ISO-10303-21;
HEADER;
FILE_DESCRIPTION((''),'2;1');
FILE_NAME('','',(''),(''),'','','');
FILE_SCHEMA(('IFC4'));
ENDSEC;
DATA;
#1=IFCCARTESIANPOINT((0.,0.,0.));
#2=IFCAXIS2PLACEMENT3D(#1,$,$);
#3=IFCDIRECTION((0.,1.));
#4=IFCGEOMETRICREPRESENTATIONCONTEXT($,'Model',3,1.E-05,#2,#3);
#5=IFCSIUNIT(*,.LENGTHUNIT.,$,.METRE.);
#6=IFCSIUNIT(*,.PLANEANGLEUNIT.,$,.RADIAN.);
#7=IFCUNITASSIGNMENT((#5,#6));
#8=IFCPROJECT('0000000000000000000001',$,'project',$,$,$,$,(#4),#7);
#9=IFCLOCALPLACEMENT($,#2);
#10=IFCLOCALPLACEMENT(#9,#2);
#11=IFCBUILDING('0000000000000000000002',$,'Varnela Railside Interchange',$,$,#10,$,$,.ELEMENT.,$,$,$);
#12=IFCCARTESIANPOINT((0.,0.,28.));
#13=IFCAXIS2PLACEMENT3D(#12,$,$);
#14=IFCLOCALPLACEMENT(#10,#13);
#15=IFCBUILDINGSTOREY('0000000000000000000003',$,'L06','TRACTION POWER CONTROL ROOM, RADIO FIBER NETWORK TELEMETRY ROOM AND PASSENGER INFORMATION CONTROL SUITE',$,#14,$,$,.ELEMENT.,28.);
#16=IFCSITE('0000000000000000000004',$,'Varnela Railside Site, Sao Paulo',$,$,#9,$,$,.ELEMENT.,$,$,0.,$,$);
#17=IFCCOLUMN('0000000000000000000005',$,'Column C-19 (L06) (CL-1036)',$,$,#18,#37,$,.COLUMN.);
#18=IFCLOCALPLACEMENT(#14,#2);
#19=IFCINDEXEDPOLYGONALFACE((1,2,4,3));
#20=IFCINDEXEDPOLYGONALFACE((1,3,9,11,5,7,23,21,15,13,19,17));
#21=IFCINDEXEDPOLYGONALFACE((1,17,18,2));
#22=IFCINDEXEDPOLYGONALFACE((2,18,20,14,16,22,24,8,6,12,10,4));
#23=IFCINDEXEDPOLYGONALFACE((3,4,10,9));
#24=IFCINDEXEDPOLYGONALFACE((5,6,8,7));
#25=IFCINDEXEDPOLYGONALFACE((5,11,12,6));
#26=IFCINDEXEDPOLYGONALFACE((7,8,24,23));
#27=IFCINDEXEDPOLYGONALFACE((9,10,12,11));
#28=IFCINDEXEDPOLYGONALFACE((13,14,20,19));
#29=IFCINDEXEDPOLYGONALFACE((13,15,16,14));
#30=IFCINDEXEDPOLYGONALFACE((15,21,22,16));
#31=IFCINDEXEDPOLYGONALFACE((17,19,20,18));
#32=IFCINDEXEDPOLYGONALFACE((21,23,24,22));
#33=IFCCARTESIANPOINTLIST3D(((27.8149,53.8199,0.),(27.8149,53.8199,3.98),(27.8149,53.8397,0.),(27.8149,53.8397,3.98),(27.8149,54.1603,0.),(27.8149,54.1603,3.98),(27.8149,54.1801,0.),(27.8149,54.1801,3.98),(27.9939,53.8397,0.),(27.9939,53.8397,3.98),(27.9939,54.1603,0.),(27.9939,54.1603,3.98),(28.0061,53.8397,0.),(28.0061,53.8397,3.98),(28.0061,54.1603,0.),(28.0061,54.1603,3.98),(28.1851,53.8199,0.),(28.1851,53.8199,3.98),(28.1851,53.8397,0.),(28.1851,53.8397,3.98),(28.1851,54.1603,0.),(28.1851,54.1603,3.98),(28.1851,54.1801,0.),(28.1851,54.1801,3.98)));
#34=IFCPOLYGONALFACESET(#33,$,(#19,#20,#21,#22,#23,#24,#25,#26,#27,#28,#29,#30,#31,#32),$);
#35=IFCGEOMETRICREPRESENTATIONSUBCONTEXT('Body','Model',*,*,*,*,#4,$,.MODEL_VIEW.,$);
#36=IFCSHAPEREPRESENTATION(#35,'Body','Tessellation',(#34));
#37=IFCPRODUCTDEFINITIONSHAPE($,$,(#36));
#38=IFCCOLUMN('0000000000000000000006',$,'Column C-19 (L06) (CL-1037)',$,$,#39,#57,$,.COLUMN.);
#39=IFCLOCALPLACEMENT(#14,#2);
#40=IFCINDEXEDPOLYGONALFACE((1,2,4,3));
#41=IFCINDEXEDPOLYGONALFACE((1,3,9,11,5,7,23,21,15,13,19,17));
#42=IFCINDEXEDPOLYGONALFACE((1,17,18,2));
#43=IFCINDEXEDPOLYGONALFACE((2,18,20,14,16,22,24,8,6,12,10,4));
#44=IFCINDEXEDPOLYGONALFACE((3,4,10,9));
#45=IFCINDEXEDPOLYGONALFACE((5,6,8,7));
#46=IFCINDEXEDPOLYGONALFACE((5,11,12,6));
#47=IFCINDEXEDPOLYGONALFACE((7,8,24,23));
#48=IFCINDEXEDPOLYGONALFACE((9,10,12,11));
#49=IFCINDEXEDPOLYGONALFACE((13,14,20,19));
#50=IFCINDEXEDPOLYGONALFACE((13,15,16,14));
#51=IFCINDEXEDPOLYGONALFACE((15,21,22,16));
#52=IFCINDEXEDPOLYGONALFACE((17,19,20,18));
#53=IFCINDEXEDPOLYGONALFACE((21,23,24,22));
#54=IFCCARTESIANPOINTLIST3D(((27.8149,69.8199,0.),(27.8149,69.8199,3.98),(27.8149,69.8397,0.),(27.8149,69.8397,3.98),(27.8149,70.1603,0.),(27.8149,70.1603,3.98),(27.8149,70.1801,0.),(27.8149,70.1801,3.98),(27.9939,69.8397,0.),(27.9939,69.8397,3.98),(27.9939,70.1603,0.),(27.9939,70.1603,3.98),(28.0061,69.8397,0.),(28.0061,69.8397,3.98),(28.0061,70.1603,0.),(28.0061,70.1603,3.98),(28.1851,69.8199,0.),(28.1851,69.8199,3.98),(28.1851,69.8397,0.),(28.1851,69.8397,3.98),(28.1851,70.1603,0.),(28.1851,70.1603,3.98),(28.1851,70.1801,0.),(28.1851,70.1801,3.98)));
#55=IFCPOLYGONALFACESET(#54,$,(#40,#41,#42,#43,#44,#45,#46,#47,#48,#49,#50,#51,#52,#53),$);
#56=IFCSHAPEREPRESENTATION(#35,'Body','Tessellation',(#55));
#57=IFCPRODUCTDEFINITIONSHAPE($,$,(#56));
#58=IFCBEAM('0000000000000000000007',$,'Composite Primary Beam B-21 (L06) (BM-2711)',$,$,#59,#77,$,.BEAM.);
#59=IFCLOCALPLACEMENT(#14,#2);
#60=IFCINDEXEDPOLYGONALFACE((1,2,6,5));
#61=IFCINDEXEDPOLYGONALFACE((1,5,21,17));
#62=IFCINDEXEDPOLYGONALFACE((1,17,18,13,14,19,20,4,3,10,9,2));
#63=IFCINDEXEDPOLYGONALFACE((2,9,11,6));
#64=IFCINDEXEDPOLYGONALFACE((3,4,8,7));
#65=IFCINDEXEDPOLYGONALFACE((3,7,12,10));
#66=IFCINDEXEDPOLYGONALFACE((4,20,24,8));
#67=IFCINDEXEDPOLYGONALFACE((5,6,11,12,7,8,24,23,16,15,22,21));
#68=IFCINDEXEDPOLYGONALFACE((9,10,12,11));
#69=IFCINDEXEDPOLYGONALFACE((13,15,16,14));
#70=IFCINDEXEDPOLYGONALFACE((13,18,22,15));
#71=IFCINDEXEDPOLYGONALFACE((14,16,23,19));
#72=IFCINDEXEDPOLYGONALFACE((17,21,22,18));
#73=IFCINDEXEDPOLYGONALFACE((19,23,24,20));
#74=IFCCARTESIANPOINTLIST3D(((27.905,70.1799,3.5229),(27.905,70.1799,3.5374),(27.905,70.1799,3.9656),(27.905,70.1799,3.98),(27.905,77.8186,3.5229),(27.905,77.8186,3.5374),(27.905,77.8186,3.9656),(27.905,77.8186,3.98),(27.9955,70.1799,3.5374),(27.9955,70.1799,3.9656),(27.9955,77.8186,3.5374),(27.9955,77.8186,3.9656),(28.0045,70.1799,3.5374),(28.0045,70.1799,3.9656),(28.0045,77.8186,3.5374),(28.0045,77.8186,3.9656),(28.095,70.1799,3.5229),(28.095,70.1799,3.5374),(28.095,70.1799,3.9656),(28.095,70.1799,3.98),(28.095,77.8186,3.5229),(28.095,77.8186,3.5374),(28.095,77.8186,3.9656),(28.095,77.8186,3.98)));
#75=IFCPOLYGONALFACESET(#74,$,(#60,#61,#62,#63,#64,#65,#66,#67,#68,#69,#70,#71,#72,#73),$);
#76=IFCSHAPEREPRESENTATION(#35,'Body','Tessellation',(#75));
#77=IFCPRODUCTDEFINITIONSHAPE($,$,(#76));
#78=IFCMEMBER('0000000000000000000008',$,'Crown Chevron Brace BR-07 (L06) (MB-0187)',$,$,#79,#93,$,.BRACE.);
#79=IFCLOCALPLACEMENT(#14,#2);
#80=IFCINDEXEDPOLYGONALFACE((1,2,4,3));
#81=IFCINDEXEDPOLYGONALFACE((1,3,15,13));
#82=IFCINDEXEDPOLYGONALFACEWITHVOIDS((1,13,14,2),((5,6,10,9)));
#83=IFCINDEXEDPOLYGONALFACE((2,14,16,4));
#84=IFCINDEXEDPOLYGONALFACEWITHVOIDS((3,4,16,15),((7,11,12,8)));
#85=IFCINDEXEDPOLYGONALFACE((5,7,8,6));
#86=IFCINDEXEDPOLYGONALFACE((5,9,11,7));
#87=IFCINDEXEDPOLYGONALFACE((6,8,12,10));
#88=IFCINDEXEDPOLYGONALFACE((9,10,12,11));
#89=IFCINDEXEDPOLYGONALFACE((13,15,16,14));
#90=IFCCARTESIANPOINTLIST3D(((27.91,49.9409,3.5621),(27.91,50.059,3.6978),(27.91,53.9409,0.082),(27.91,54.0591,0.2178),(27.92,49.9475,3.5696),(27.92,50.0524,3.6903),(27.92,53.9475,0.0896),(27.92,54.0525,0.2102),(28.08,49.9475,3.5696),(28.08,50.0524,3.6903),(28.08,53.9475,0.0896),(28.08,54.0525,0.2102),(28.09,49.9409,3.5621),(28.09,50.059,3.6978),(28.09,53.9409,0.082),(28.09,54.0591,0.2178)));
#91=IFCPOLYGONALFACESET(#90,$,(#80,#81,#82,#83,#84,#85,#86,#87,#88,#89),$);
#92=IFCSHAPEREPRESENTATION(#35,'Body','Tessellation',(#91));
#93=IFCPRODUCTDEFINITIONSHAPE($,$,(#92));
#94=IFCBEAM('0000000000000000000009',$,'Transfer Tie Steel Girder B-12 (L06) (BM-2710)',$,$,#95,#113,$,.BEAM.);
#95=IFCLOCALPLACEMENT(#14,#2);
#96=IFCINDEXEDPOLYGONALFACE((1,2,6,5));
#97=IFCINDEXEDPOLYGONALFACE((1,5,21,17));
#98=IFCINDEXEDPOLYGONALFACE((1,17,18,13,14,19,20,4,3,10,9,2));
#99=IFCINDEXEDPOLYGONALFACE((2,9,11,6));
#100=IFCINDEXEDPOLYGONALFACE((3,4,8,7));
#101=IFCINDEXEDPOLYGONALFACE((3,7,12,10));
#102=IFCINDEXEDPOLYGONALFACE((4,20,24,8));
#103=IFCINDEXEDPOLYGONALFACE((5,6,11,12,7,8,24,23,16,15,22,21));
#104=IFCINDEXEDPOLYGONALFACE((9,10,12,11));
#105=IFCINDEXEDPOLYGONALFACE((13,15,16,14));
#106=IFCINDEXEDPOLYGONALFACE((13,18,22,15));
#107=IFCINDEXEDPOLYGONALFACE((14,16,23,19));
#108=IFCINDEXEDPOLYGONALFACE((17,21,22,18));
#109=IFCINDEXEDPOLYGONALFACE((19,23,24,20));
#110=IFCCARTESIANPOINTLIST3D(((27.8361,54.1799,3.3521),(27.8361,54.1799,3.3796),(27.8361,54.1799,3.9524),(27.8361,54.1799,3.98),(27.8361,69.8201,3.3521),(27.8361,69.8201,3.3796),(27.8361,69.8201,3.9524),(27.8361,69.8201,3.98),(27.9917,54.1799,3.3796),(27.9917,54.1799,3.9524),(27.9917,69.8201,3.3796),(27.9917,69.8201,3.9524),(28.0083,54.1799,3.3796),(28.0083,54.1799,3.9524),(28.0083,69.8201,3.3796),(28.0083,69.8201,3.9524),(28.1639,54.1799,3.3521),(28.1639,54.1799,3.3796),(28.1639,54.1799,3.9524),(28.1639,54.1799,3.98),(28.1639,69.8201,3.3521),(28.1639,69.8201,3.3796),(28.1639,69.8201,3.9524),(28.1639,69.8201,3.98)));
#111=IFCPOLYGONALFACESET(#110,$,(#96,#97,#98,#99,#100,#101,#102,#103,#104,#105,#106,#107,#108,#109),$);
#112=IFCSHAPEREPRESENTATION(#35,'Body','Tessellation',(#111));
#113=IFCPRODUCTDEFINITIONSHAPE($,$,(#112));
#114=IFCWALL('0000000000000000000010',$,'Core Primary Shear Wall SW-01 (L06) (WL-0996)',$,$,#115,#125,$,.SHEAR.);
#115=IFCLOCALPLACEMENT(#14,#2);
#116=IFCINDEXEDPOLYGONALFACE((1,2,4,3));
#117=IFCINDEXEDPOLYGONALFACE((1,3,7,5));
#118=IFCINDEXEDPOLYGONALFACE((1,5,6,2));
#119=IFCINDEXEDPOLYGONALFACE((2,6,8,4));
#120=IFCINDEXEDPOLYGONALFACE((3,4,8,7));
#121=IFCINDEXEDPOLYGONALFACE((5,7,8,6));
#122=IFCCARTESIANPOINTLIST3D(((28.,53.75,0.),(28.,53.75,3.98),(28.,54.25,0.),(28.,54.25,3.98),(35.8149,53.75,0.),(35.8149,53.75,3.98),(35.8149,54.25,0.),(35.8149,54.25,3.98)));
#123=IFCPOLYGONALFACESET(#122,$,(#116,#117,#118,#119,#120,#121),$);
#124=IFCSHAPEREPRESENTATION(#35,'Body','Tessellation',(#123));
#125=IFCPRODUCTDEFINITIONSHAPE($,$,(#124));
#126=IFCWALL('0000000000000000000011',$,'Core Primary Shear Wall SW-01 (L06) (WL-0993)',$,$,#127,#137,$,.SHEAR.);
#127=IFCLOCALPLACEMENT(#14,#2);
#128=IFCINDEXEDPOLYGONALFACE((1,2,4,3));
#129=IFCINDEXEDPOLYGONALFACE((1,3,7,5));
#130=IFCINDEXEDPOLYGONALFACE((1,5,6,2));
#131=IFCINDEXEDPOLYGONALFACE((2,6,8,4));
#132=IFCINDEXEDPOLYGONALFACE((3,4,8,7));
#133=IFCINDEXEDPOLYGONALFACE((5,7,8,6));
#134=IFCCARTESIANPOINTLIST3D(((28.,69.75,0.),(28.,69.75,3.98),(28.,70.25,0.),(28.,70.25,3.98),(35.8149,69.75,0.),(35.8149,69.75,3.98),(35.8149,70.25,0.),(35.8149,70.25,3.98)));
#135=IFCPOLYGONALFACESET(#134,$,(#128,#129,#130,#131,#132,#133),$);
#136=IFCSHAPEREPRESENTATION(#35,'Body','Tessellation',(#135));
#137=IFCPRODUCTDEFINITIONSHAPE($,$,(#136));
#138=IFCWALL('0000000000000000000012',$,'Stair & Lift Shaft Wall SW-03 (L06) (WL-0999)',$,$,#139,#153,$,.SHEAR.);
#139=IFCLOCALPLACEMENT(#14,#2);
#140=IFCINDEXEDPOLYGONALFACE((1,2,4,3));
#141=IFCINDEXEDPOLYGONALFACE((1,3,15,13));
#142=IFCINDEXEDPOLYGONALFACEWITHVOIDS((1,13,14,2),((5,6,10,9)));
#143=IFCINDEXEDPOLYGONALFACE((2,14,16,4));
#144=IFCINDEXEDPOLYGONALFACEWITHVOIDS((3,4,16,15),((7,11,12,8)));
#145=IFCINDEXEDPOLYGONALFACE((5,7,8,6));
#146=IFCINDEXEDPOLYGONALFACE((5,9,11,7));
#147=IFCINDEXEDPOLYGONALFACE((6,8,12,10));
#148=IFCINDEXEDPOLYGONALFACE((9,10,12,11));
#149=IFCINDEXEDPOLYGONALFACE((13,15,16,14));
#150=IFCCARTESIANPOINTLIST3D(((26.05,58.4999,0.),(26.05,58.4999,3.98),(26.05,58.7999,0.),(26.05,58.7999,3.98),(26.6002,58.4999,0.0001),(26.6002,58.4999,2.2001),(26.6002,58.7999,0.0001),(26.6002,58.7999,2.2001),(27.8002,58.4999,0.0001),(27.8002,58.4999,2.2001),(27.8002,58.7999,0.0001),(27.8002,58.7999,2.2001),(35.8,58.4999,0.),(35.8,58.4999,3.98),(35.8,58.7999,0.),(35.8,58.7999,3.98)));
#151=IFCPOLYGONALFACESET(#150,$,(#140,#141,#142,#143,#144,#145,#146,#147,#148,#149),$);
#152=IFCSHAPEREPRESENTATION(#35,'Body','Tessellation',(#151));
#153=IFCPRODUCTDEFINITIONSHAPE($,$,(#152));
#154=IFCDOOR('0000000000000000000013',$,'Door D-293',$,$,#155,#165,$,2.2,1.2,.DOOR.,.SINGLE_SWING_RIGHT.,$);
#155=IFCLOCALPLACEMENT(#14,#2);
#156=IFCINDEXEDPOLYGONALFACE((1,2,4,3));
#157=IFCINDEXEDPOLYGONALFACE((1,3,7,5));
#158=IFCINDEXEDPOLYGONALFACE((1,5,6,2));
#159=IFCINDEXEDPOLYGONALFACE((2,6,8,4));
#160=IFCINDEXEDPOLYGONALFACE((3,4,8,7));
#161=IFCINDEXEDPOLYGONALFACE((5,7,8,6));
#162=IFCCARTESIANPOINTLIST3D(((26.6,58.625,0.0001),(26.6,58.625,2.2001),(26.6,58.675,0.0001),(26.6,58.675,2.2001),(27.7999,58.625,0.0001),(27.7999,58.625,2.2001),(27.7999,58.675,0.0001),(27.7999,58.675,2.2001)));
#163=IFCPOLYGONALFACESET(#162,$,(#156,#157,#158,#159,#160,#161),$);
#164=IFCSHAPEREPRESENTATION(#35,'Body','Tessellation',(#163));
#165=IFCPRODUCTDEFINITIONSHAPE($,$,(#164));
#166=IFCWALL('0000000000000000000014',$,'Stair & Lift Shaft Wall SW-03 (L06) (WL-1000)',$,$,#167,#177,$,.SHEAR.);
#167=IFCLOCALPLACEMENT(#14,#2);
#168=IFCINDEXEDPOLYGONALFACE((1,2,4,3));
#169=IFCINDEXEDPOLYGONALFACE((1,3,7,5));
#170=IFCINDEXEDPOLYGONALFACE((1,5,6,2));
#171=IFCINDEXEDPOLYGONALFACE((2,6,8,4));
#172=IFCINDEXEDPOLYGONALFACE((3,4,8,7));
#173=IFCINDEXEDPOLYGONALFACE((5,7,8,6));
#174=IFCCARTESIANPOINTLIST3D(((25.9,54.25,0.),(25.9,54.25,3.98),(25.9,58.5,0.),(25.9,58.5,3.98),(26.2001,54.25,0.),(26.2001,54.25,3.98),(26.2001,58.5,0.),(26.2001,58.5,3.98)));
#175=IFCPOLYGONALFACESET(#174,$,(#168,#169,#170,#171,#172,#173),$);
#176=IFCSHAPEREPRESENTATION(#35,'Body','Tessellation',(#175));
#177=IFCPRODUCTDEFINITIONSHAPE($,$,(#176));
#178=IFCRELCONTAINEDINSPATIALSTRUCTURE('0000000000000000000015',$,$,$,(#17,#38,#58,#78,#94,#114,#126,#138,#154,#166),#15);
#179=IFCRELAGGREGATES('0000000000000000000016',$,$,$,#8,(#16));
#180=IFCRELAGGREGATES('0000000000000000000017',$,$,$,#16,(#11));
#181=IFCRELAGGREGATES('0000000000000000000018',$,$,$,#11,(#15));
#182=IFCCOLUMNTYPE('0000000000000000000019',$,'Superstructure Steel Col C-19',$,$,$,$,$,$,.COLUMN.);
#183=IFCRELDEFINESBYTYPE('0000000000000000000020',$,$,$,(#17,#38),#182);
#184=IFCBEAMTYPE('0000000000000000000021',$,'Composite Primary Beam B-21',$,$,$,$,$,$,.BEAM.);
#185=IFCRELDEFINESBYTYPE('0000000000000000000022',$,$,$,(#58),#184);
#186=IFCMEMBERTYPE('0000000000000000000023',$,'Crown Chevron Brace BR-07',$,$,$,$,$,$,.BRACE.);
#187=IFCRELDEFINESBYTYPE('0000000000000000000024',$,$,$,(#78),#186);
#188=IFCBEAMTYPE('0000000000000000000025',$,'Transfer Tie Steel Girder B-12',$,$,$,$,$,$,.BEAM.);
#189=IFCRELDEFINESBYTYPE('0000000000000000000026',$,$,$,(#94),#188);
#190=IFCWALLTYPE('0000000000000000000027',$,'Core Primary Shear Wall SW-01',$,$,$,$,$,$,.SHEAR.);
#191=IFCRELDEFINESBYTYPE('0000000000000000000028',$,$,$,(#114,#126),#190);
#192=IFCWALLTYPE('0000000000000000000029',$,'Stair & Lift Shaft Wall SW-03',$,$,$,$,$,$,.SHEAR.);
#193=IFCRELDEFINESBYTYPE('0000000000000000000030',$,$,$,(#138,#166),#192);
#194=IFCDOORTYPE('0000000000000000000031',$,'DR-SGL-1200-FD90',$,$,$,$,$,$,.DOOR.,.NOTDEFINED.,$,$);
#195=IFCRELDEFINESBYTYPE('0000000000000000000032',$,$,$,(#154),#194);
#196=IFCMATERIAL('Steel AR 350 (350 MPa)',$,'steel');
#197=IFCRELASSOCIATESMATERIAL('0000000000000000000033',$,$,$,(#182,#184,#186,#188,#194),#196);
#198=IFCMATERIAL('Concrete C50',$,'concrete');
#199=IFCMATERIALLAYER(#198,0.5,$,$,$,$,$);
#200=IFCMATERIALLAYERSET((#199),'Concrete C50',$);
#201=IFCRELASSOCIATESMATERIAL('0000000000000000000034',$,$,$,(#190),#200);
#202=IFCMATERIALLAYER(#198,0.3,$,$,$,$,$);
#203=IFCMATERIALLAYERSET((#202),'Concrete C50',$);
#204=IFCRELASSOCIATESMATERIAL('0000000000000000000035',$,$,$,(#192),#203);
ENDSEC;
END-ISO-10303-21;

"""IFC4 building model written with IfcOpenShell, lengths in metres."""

from ifc_helpers import new_model, si_unit, direction, frame, frame_2d, origin, origin_2d, place, context, subcontext, project, spatial, rectangle, hollow_rectangle, i_section, extrude, material, layer, layer_set, material_profile, profile_set, type_object, element, fill, save


model = new_model("IFC4")

# Units and contexts
model_context = context("Model", 3, precision=1e-05, world=origin(), true_north=direction((0.0, 1.0)))
body_context = subcontext(model_context, "Body", "Model", "MODEL_VIEW")
ifc_project = project(units=[si_unit("LENGTHUNIT", "METRE"), si_unit("PLANEANGLEUNIT", "RADIAN")], contexts=[model_context])

# Site, building, storey
site_placement = place(None, origin())
site = spatial("IfcSite", under=ifc_project, at=site_placement, Name="Varnela Railside Site, Sao Paulo", CompositionType="ELEMENT", RefElevation=0.0)
building_placement = place(site_placement, origin())
building = spatial("IfcBuilding", under=site, at=building_placement, Name="Varnela Railside Interchange", CompositionType="ELEMENT")
storey_placement = place(building_placement, frame((0.0, 0.0, 28.0)))
storey = spatial("IfcBuildingStorey", under=building, at=storey_placement, Name="L06", Description="TRACTION POWER CONTROL ROOM, RADIO FIBER NETWORK TELEMETRY ROOM AND PASSENGER INFORMATION CONTROL SUITE", CompositionType="ELEMENT", Elevation=28.0)

# Columns
ifc_material_1 = material(Name="Steel AR 350 (350 MPa)", Category="steel")
ifc_material_profile_1 = material_profile(ifc_material_1, i_section(OverallWidth=0.3701, OverallDepth=0.3601, WebThickness=0.0122, FlangeThickness=0.0198, at=origin_2d()), Name="W360x147")
ifc_profile_set_1 = profile_set([ifc_material_profile_1], Name="Steel AR 350 (350 MPa)")
column_type = type_object("IfcColumnType", Name="Superstructure Steel Col C-19", PredefinedType="COLUMN", material=ifc_profile_set_1)
for number, where, z_axis, x_axis, name in (
    (1, (28.0, 54.0, 0.0), (0.0, 0.0, 1.0), (1.0, 0.0, 0.0), "Column C-19 (L06) (CL-1036)"),
    (2, (28.0, 70.0, 0.0), (0.0, 0.0, 1.0), (1.0, 0.0, 0.0), "Column C-19 (L06) (CL-1037)"),
):
    element("IfcColumn", number, at=place(storey_placement, frame(where, z_axis=z_axis, x_axis=x_axis)), inside=storey, type_object=column_type, Name=name, PredefinedType="COLUMN", context=body_context, shape_type="SweptSolid", body=[
        extrude(i_section(OverallWidth=0.3701, OverallDepth=0.3601, WebThickness=0.0122, FlangeThickness=0.0198, at=origin_2d()), origin(), (0.0, 0.0, 1.0), 3.98),
    ])

# Beam
ifc_material_profile_2 = material_profile(ifc_material_1, i_section(OverallWidth=0.1899, OverallDepth=0.457, WebThickness=0.009, FlangeThickness=0.0144, at=origin_2d()), Name="W460x74")
ifc_profile_set_2 = profile_set([ifc_material_profile_2], Name="Steel AR 350 (350 MPa)")
beam_type_1 = type_object("IfcBeamType", Name="Composite Primary Beam B-21", PredefinedType="BEAM", material=ifc_profile_set_2)
beam_1_placement = place(storey_placement, frame((28.0, 70.1799, 3.7515), z_axis=(0.0, 1.0, 0.0), x_axis=(-1.0, 0.0, 0.0)))
element("IfcBeam", 3, at=beam_1_placement, inside=storey, type_object=beam_type_1, Name="Composite Primary Beam B-21 (L06) (BM-2711)", PredefinedType="BEAM", context=body_context, shape_type="SweptSolid", body=[
    extrude(i_section(OverallWidth=0.1899, OverallDepth=0.457, WebThickness=0.009, FlangeThickness=0.0144, at=origin_2d()), origin(), (0.0, 0.0, 1.0), 7.6387),
])

# Member
ifc_material_profile_3 = material_profile(ifc_material_1, hollow_rectangle(XDim=0.1799, YDim=0.1799, WallThickness=0.01, at=origin_2d()), Name="HSS 180x180x10")
ifc_profile_set_3 = profile_set([ifc_material_profile_3], Name="Steel AR 350 (350 MPa)")
member_type = type_object("IfcMemberType", Name="Crown Chevron Brace BR-07", PredefinedType="BRACE", material=ifc_profile_set_3)
member_placement = place(storey_placement, frame((28.0, 54.0, 0.1499), z_axis=(0.0, -0.754445, 0.656363), x_axis=(1.0, 0.0, 0.0)))
element("IfcMember", 4, at=member_placement, inside=storey, type_object=member_type, Name="Crown Chevron Brace BR-07 (L06) (MB-0187)", PredefinedType="BRACE", context=body_context, shape_type="SweptSolid", body=[
    extrude(hollow_rectangle(XDim=0.1799, YDim=0.1799, WallThickness=0.01, at=origin_2d()), origin(), (0.0, 0.0, 1.0), 5.302),
])

# Beam
ifc_material_profile_4 = material_profile(ifc_material_1, i_section(OverallWidth=0.3279, OverallDepth=0.6279, WebThickness=0.0166, FlangeThickness=0.0276, at=origin_2d()), Name="W610x217")
ifc_profile_set_4 = profile_set([ifc_material_profile_4], Name="Steel AR 350 (350 MPa)")
beam_type_2 = type_object("IfcBeamType", Name="Transfer Tie Steel Girder B-12", PredefinedType="BEAM", material=ifc_profile_set_4)
beam_2_placement = place(storey_placement, frame((28.0, 54.1799, 3.666), z_axis=(0.0, 1.0, 0.0), x_axis=(-1.0, 0.0, 0.0)))
element("IfcBeam", 5, at=beam_2_placement, inside=storey, type_object=beam_type_2, Name="Transfer Tie Steel Girder B-12 (L06) (BM-2710)", PredefinedType="BEAM", context=body_context, shape_type="SweptSolid", body=[
    extrude(i_section(OverallWidth=0.3279, OverallDepth=0.6279, WebThickness=0.0166, FlangeThickness=0.0276, at=origin_2d()), origin(), (0.0, 0.0, 1.0), 15.6401),
])

# Walls
ifc_material_2 = material(Name="Concrete C50", Category="concrete")
ifc_layer_1 = layer(ifc_material_2, 0.5)
ifc_layer_set_1 = layer_set([ifc_layer_1], Name="Concrete C50")
wall_type_1 = type_object("IfcWallType", Name="Core Primary Shear Wall SW-01", PredefinedType="SHEAR", material=ifc_layer_set_1)
for number, where, z_axis, x_axis, name in (
    (6, (28.0, 54.0, 0.0), (0.0, 0.0, 1.0), (1.0, 0.0, 0.0), "Core Primary Shear Wall SW-01 (L06) (WL-0996)"),
    (7, (28.0, 70.0, 0.0), (0.0, 0.0, 1.0), (1.0, 0.0, 0.0), "Core Primary Shear Wall SW-01 (L06) (WL-0993)"),
):
    element("IfcWall", number, at=place(storey_placement, frame(where, z_axis=z_axis, x_axis=x_axis)), inside=storey, type_object=wall_type_1, Name=name, PredefinedType="SHEAR", context=body_context, shape_type="SweptSolid", body=[
        extrude(rectangle(XDim=7.8149, YDim=0.5, at=frame_2d((3.9075, 0.0))), origin(), (0.0, 0.0, 1.0), 3.98),
    ])

# Wall, opening, door
ifc_layer_2 = layer(ifc_material_2, 0.3)
ifc_layer_set_2 = layer_set([ifc_layer_2], Name="Concrete C50")
wall_type_2 = type_object("IfcWallType", Name="Stair & Lift Shaft Wall SW-03", PredefinedType="SHEAR", material=ifc_layer_set_2)
wall_1_placement = place(storey_placement, frame((26.05, 58.6499, 0.0), z_axis=(0.0, 0.0, 1.0), x_axis=(1.0, 0.0, 0.0)))
wall_1 = element("IfcWall", 8, at=wall_1_placement, inside=storey, type_object=wall_type_2, Name="Stair & Lift Shaft Wall SW-03 (L06) (WL-0999)", PredefinedType="SHEAR", context=body_context, shape_type="SweptSolid", body=[
    extrude(rectangle(XDim=9.75, YDim=0.3, at=frame_2d((4.875, 0.0))), origin(), (0.0, 0.0, 1.0), 3.98),
])
opening_1_placement = place(wall_1_placement, frame((0.55, 0.0, 0.0)))
opening_1 = element("IfcOpeningElement", 9, at=opening_1_placement, cuts=wall_1, PredefinedType="OPENING", context=body_context, shape_type="SweptSolid", body=[
    extrude(rectangle(XDim=1.2, YDim=2.2, at=frame_2d((0.6001, 1.1001))), frame((0.0, 0.1599, 0.0), z_axis=(0.0, -1.0, 0.0), x_axis=(1.0, 0.0, 0.0)), (0.0, 0.0, 1.0), 0.3201),
])
door_type_1 = type_object("IfcDoorType", Name="DR-SGL-1200-FD90", OperationType="NOTDEFINED", PredefinedType="DOOR", material=ifc_material_1)
door_1_placement = place(opening_1_placement, frame((1.2, 0.0, 0.0), z_axis=(0.0, 0.0, 1.0), x_axis=(-1.0, 0.0, 0.0)))
door_1 = element("IfcDoor", 10, at=door_1_placement, inside=storey, type_object=door_type_1, Name="Door D-293", OperationType="SINGLE_SWING_RIGHT", OverallHeight=2.2, OverallWidth=1.2, PredefinedType="DOOR", context=body_context, shape_type="SweptSolid", body=[
    extrude(rectangle(XDim=1.2, YDim=2.2, at=frame_2d((0.6001, 1.1001))), frame((0.0, 0.0249, 0.0), z_axis=(0.0, -1.0, 0.0), x_axis=(1.0, 0.0, 0.0)), (0.0, 0.0, 1.0), 0.05),
])
fill(opening_1, door_1)

# Wall
wall_2_placement = place(storey_placement, frame((26.05, 54.25, 0.0), z_axis=(0.0, 0.0, 1.0), x_axis=(0.0, 1.0, 0.0)))
element("IfcWall", 11, at=wall_2_placement, inside=storey, type_object=wall_type_2, Name="Stair & Lift Shaft Wall SW-03 (L06) (WL-1000)", PredefinedType="SHEAR", context=body_context, shape_type="SweptSolid", body=[
    extrude(rectangle(XDim=4.25, YDim=0.3, at=frame_2d((2.125, 0.0))), origin(), (0.0, 0.0, 1.0), 3.98),
])

save(model, "model.ifc")
